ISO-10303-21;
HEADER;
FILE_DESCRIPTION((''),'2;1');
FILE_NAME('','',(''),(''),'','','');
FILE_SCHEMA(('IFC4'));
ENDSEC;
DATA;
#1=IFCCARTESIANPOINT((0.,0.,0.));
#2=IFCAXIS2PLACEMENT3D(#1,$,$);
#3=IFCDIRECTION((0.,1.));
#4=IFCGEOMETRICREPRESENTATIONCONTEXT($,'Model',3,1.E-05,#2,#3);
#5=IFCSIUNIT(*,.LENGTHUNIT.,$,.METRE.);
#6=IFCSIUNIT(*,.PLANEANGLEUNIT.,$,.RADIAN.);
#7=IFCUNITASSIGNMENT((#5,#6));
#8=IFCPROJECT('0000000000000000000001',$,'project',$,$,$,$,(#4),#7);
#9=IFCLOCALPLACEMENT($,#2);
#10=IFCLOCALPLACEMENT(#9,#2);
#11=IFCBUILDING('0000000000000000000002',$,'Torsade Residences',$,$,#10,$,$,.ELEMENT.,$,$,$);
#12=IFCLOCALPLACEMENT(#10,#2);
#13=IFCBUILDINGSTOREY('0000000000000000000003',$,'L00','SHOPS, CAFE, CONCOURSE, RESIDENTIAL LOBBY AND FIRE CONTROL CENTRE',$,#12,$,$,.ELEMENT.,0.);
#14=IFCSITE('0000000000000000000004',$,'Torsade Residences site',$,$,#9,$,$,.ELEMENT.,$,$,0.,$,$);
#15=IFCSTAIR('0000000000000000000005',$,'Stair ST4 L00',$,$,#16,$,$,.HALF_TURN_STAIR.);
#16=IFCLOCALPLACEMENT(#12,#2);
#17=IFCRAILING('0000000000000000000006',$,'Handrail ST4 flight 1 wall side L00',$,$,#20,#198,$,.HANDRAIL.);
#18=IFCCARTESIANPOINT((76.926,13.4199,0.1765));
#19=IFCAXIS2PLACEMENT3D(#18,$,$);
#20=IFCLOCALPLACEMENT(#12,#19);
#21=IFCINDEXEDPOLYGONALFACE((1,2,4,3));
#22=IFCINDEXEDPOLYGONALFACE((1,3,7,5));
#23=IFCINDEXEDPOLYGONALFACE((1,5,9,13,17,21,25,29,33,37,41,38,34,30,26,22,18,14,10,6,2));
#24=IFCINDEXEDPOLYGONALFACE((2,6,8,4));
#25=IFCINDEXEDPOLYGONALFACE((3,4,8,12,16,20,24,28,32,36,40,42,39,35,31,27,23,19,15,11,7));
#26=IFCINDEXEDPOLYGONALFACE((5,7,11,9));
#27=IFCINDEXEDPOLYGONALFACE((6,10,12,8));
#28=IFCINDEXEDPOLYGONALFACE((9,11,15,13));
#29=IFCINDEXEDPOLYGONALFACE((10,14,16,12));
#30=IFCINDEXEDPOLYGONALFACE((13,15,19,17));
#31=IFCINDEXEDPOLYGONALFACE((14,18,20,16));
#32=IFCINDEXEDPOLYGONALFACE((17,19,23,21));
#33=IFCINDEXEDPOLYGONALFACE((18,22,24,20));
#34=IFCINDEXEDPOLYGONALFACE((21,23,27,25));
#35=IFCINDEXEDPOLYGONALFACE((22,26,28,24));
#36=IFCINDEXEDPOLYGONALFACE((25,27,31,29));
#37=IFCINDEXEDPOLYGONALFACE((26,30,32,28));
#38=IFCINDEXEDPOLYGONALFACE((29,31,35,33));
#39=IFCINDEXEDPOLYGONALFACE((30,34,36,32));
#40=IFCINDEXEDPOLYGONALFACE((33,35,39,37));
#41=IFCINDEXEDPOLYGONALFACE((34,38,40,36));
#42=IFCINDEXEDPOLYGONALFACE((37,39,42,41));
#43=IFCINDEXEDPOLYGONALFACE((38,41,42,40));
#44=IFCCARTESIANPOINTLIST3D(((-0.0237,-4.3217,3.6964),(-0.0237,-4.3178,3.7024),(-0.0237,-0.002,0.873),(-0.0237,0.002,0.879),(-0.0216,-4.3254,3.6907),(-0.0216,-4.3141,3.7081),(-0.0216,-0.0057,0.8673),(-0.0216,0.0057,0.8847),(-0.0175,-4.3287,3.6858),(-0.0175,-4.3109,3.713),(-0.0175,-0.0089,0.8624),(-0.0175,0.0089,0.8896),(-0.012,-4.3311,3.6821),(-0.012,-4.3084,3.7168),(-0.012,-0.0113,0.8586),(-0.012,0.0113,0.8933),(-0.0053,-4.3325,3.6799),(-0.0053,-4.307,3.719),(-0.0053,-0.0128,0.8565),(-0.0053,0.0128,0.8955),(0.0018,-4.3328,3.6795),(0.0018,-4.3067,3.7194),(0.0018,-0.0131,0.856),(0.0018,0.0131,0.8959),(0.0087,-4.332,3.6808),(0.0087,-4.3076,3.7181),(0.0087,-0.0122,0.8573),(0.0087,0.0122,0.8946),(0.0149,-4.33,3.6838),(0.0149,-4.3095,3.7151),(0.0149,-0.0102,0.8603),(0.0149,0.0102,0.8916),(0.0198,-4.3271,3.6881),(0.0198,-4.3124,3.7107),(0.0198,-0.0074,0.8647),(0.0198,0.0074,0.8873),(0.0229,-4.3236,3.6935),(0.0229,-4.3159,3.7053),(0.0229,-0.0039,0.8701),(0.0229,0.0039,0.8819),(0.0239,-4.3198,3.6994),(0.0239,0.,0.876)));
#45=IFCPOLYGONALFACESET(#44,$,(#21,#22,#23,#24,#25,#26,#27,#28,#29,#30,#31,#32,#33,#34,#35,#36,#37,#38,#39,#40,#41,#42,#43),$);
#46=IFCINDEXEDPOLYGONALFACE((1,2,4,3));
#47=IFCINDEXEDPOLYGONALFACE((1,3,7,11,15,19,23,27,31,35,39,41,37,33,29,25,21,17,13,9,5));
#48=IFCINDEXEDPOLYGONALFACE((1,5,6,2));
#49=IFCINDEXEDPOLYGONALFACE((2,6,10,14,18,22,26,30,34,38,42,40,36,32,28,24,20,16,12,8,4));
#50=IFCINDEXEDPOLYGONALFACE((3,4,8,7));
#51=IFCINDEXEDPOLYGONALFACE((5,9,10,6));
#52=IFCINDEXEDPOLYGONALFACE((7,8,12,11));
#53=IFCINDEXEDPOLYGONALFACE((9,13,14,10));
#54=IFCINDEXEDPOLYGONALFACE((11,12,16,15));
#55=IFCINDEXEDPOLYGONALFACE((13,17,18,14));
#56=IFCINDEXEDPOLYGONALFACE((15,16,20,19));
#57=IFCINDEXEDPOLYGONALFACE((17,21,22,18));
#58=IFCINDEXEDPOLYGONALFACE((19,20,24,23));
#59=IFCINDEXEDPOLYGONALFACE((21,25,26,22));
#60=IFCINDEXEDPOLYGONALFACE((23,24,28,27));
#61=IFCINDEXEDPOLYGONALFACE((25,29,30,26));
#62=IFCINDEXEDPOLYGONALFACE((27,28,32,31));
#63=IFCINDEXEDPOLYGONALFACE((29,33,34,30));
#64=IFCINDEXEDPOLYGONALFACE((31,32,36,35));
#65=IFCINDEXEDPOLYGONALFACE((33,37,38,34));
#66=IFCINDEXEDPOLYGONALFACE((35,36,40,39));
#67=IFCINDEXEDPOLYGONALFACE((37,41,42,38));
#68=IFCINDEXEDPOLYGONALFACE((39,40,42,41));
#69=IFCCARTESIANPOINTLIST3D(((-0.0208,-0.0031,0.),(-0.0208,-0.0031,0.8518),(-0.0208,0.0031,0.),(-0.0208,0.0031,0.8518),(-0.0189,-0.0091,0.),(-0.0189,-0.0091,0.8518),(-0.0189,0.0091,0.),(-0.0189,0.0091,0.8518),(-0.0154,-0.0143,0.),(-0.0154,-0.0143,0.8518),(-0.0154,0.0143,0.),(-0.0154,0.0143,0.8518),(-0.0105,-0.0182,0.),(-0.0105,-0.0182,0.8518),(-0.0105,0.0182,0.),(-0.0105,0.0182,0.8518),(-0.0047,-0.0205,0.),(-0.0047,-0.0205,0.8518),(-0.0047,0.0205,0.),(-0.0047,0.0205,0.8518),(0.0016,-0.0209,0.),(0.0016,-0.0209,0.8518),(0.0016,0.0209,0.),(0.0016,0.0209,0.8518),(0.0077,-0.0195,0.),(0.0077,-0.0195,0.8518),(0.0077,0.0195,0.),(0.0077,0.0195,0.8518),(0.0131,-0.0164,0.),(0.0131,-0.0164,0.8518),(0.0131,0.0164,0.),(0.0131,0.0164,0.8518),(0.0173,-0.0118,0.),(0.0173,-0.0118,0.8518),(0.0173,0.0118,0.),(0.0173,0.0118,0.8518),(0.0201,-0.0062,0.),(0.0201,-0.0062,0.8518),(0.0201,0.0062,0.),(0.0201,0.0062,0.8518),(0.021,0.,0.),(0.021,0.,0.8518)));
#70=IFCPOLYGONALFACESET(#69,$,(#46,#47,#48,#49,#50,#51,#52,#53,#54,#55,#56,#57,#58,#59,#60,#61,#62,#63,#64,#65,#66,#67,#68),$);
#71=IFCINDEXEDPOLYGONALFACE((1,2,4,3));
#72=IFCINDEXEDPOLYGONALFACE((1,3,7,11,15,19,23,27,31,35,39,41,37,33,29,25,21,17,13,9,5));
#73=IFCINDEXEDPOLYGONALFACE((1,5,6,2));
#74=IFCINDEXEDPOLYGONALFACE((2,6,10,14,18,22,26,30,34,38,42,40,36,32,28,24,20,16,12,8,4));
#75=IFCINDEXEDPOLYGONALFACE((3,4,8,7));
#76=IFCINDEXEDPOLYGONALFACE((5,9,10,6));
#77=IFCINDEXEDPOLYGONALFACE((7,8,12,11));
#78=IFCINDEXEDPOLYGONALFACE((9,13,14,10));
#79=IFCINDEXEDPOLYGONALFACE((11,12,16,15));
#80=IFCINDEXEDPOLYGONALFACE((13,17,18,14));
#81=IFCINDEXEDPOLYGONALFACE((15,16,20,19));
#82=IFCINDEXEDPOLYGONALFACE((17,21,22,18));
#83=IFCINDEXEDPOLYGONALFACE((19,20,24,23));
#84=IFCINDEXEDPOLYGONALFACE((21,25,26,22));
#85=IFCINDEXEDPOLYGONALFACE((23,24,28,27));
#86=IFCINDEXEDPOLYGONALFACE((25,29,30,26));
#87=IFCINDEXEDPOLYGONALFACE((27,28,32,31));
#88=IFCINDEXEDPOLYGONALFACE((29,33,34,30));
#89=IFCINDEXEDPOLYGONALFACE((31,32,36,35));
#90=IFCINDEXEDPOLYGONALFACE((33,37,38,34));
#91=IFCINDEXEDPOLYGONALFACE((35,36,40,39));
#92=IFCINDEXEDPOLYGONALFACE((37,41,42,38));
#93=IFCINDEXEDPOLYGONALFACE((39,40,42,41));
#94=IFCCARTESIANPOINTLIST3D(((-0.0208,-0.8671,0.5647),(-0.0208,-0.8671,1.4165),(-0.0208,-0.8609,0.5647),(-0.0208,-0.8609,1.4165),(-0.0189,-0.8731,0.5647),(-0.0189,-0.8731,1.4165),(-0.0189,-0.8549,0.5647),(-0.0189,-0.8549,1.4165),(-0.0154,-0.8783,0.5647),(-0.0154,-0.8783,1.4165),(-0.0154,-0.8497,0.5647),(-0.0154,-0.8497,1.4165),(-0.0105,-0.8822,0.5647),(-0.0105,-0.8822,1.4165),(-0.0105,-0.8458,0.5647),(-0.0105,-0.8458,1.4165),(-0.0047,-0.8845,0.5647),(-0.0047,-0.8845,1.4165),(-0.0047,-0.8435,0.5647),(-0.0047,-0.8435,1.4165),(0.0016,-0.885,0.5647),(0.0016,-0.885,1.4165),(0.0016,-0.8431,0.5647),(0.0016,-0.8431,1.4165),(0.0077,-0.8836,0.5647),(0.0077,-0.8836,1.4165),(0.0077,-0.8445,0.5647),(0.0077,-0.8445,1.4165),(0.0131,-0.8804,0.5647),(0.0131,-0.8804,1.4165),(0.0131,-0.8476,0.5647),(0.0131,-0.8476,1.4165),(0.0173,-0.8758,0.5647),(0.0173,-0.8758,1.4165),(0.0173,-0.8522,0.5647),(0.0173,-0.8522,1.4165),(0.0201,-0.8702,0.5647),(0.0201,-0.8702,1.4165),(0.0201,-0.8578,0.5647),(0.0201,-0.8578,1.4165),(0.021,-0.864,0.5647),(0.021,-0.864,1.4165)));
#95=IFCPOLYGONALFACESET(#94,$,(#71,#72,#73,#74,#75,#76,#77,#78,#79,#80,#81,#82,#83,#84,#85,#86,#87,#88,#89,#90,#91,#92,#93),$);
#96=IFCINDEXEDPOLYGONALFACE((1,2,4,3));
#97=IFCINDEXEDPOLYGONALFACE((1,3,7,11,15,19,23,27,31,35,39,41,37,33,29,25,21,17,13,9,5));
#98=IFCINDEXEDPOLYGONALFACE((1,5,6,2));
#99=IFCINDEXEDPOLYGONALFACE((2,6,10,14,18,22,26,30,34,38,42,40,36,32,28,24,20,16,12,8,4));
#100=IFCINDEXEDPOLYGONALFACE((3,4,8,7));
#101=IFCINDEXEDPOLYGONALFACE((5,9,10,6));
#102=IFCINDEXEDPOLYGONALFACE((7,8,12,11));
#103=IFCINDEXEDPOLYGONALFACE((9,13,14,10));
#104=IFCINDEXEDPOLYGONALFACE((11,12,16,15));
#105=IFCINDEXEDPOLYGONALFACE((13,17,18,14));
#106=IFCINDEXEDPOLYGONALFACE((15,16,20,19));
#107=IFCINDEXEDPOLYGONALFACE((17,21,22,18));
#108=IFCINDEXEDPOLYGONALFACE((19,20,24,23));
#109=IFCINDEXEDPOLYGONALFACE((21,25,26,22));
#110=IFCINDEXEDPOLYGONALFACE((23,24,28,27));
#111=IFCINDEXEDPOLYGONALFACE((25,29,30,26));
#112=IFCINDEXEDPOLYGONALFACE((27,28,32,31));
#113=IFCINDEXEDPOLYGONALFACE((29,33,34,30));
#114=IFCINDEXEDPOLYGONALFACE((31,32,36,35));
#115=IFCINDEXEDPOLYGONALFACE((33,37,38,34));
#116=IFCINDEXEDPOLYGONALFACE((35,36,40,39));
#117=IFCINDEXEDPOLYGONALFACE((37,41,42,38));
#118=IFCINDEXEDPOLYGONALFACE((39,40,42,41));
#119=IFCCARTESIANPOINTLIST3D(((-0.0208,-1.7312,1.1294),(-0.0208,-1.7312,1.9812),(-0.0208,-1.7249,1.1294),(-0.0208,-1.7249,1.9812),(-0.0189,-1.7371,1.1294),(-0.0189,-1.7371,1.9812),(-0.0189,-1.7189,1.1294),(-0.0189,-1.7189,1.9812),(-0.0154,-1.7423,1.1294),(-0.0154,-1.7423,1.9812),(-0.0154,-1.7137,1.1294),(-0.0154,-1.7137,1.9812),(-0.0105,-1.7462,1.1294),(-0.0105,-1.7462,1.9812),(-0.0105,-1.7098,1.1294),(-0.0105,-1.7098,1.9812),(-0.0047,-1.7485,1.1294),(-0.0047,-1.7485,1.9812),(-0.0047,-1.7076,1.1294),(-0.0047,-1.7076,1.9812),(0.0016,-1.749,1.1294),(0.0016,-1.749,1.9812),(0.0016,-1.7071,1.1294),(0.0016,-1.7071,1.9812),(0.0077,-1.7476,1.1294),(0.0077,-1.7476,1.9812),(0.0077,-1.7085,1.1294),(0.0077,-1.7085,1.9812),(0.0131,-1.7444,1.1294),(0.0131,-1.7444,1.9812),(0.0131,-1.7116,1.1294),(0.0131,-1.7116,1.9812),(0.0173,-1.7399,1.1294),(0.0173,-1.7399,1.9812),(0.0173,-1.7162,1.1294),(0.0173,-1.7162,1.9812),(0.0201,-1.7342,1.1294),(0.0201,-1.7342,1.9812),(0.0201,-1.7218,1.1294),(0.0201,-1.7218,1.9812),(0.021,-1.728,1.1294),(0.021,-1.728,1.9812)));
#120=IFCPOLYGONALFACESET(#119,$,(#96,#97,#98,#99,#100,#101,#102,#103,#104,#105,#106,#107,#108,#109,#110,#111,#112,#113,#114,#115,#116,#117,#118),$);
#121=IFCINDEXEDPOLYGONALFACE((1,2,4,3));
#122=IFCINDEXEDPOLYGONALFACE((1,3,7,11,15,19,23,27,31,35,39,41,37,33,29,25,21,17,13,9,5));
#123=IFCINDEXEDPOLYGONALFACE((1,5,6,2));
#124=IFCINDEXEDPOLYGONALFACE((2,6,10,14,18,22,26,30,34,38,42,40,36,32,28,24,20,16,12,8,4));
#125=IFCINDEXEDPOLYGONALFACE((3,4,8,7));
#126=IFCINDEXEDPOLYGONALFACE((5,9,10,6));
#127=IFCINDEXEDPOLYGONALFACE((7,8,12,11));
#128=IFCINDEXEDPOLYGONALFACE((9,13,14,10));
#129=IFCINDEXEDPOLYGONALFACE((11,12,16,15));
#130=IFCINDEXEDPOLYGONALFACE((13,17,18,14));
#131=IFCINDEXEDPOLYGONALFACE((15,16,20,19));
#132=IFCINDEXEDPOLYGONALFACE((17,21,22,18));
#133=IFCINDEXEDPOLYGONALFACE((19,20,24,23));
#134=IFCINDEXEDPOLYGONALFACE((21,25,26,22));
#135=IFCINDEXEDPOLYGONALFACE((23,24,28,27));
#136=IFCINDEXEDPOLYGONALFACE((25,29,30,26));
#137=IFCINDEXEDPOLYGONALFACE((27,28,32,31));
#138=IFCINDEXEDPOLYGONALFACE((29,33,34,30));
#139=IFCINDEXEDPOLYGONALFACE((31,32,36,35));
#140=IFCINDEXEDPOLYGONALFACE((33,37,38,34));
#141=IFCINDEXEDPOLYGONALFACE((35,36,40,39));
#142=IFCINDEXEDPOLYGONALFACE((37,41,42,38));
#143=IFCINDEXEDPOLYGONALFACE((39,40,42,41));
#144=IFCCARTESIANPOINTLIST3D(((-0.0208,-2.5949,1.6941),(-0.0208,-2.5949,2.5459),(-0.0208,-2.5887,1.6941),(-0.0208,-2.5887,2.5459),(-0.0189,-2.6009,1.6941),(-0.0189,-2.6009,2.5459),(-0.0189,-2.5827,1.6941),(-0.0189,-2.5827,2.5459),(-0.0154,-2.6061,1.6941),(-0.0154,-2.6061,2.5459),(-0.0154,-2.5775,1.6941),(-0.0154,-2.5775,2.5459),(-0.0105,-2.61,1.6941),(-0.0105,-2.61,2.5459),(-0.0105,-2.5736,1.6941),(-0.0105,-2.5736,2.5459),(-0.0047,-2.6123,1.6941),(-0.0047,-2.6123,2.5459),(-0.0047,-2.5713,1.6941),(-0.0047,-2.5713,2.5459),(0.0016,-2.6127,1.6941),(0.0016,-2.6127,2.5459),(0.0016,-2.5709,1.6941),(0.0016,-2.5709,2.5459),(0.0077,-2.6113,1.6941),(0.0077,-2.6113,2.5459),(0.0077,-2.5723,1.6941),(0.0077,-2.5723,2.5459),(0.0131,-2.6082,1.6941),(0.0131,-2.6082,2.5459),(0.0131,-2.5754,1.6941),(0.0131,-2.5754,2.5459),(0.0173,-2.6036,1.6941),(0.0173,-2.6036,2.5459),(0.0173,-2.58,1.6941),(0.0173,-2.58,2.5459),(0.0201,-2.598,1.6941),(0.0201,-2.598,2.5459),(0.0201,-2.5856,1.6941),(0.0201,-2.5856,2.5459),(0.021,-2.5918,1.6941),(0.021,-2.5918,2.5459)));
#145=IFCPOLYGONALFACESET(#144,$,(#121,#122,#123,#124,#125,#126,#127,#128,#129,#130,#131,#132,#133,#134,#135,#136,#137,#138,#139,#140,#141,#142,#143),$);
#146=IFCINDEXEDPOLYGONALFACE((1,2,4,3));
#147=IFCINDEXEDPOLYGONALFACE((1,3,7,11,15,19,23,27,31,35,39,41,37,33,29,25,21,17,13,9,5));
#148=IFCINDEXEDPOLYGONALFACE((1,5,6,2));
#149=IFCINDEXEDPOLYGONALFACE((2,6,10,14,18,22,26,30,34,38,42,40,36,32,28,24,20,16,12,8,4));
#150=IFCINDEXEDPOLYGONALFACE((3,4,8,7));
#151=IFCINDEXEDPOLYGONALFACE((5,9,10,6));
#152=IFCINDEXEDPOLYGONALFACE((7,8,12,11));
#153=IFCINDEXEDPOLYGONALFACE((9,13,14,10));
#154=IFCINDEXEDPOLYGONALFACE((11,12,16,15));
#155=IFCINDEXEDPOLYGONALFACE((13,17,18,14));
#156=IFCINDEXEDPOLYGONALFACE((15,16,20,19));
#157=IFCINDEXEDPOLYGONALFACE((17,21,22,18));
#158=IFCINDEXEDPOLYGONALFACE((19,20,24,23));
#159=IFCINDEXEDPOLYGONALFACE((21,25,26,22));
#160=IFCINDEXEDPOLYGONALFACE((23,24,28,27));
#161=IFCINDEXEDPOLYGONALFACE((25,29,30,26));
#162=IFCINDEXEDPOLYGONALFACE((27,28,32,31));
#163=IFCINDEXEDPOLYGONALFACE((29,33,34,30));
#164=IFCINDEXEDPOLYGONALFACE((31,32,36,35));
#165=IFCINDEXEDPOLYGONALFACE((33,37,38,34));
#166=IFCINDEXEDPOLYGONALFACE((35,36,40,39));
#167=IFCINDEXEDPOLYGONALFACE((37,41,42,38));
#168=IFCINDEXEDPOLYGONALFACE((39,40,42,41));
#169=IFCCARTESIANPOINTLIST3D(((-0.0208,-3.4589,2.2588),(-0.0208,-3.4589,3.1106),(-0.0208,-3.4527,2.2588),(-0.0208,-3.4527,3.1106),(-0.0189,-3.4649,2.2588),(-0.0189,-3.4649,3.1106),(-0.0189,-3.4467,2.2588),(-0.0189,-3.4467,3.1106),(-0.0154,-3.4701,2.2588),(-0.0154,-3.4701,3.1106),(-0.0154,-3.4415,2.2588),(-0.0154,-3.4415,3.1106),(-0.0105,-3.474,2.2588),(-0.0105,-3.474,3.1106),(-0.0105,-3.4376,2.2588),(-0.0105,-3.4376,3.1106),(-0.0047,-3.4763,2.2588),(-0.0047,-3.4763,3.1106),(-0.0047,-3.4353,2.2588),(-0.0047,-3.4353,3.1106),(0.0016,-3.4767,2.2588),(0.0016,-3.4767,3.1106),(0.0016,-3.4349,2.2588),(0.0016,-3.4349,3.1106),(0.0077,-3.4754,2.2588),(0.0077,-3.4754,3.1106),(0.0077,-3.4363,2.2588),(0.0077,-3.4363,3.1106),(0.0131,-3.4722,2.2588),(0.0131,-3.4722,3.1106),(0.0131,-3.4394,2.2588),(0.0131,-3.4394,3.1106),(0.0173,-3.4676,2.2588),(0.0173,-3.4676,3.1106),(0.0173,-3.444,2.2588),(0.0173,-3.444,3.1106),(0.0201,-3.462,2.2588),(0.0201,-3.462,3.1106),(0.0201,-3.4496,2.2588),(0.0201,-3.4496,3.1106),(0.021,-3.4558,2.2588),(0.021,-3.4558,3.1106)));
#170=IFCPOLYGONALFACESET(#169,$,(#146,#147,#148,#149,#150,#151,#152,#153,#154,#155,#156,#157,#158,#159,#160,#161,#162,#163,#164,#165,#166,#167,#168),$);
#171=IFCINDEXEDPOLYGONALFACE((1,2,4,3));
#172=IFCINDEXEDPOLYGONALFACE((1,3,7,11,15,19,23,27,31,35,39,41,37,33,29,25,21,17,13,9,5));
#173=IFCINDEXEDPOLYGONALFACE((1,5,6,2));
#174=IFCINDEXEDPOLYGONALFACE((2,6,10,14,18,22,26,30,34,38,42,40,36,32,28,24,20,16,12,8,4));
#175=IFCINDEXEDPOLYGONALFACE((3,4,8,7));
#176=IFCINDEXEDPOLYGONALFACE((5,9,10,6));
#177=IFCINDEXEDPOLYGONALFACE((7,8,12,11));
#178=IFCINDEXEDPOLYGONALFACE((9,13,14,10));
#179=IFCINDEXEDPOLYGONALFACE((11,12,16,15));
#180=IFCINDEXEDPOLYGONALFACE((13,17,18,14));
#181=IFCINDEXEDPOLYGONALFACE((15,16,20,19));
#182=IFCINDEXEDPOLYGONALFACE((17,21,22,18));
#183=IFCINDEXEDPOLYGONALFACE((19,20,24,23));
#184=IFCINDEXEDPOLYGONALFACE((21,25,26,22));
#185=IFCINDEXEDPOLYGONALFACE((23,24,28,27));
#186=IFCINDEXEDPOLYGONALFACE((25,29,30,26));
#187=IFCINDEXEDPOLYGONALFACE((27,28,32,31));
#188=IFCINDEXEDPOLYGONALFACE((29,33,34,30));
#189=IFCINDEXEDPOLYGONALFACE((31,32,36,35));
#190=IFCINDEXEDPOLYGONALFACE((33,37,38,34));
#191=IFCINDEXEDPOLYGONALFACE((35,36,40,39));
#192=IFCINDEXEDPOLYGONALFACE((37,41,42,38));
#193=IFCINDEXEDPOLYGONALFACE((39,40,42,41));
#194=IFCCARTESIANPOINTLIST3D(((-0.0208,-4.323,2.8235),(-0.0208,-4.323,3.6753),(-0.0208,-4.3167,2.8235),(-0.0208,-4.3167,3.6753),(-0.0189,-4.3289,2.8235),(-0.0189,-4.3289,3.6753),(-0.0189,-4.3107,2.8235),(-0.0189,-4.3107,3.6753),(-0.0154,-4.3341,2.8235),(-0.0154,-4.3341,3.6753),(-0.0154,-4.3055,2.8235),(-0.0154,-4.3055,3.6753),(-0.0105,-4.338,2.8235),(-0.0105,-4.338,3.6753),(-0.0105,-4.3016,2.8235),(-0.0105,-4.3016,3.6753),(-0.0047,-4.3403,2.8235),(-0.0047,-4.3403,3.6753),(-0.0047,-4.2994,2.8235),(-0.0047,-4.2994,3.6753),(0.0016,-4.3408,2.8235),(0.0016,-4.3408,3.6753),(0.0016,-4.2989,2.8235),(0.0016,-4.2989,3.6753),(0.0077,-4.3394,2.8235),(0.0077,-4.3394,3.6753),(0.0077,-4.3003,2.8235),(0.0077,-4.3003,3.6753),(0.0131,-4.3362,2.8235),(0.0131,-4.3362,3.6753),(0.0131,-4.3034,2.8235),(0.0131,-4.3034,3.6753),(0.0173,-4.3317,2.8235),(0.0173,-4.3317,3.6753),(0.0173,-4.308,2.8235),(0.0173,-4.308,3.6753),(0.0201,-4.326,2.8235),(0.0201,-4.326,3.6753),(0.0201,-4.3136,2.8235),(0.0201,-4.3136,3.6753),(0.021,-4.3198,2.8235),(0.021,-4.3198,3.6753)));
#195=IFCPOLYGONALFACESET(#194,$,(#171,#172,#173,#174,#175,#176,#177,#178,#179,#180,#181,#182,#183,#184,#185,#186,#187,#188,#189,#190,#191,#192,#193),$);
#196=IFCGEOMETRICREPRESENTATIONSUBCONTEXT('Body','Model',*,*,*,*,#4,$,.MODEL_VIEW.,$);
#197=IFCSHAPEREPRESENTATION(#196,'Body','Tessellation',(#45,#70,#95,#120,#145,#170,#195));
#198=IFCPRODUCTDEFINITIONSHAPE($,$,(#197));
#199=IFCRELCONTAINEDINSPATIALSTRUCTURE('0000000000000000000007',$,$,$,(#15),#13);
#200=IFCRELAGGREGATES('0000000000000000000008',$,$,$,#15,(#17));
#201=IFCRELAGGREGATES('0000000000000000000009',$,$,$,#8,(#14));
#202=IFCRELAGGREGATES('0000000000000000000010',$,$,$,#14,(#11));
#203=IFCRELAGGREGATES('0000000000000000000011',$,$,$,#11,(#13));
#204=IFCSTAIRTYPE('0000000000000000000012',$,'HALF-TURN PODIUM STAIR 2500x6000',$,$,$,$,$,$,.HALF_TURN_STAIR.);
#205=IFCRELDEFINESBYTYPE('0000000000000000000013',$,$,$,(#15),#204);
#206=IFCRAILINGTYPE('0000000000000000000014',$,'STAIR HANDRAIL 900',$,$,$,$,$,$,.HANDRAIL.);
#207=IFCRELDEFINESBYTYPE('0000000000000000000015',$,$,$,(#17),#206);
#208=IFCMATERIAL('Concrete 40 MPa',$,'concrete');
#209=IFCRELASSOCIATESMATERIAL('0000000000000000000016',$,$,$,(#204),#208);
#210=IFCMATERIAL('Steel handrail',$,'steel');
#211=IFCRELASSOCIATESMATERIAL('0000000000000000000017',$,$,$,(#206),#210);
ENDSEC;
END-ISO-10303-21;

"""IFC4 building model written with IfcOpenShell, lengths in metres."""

from ifc_helpers import new_model, si_unit, direction, frame, origin, origin_2d, place, context, subcontext, project, spatial, circle, extrude, material, type_object, element, aggregate, save


model = new_model("IFC4")

# Units and contexts
model_context = context("Model", 3, precision=1e-05, world=origin(), true_north=direction((0.0, 1.0)))
body_context = subcontext(model_context, "Body", "Model", "MODEL_VIEW")
ifc_project = project(units=[si_unit("LENGTHUNIT", "METRE"), si_unit("PLANEANGLEUNIT", "RADIAN")], contexts=[model_context])

# Site, building, storey
site_placement = place(None, origin())
site = spatial("IfcSite", under=ifc_project, at=site_placement, Name="Torsade Residences site", CompositionType="ELEMENT", RefElevation=0.0)
building_placement = place(site_placement, origin())
building = spatial("IfcBuilding", under=site, at=building_placement, Name="Torsade Residences", CompositionType="ELEMENT")
storey_placement = place(building_placement, origin())
storey = spatial("IfcBuildingStorey", under=building, at=storey_placement, Name="L00", Description="SHOPS, CAFE, CONCOURSE, RESIDENTIAL LOBBY AND FIRE CONTROL CENTRE", CompositionType="ELEMENT", Elevation=0.0)

# Stair, railing
ifc_material_1 = material(Name="Concrete 40 MPa", Category="concrete")
stair_type = type_object("IfcStairType", Name="HALF-TURN PODIUM STAIR 2500x6000", PredefinedType="HALF_TURN_STAIR", material=ifc_material_1)
stair_placement = place(storey_placement, origin())
stair = element("IfcStair", 1, at=stair_placement, inside=storey, type_object=stair_type, Name="Stair ST4 L00", PredefinedType="HALF_TURN_STAIR")
ifc_material_2 = material(Name="Steel handrail", Category="steel")
railing_type = type_object("IfcRailingType", Name="STAIR HANDRAIL 900", PredefinedType="HANDRAIL", material=ifc_material_2)
railing_1_placement = place(storey_placement, frame((76.926, 13.4199, 0.1765)))
railing_1 = element("IfcRailing", 2, at=railing_1_placement, type_object=railing_type, Name="Handrail ST4 flight 1 wall side L00", PredefinedType="HANDRAIL", context=body_context, shape_type="SweptSolid", body=[
    extrude(circle(Radius=0.0239, at=origin_2d()), frame((0.0, 0.0, 0.876), z_axis=(0.0, -0.83706, 0.547112), x_axis=(1.0, 0.0, 0.0)), (0.0, 0.0, 1.0), 5.1606),
    extrude(circle(Radius=0.021, at=origin_2d()), origin(), (0.0, 0.0, 1.0), 0.8518),
    extrude(circle(Radius=0.021, at=origin_2d()), frame((0.0, -0.864, 0.5647)), (0.0, 0.0, 1.0), 0.8518),
    extrude(circle(Radius=0.021, at=origin_2d()), frame((0.0, -1.728, 1.1294)), (0.0, 0.0, 1.0), 0.8518),
    extrude(circle(Radius=0.021, at=origin_2d()), frame((0.0, -2.5918, 1.6941)), (0.0, 0.0, 1.0), 0.8518),
    extrude(circle(Radius=0.021, at=origin_2d()), frame((0.0, -3.4558, 2.2588)), (0.0, 0.0, 1.0), 0.8518),
    extrude(circle(Radius=0.021, at=origin_2d()), frame((0.0, -4.3198, 2.8235)), (0.0, 0.0, 1.0), 0.8518),
])
aggregate(stair, [railing_1])

save(model, "model.ifc")
